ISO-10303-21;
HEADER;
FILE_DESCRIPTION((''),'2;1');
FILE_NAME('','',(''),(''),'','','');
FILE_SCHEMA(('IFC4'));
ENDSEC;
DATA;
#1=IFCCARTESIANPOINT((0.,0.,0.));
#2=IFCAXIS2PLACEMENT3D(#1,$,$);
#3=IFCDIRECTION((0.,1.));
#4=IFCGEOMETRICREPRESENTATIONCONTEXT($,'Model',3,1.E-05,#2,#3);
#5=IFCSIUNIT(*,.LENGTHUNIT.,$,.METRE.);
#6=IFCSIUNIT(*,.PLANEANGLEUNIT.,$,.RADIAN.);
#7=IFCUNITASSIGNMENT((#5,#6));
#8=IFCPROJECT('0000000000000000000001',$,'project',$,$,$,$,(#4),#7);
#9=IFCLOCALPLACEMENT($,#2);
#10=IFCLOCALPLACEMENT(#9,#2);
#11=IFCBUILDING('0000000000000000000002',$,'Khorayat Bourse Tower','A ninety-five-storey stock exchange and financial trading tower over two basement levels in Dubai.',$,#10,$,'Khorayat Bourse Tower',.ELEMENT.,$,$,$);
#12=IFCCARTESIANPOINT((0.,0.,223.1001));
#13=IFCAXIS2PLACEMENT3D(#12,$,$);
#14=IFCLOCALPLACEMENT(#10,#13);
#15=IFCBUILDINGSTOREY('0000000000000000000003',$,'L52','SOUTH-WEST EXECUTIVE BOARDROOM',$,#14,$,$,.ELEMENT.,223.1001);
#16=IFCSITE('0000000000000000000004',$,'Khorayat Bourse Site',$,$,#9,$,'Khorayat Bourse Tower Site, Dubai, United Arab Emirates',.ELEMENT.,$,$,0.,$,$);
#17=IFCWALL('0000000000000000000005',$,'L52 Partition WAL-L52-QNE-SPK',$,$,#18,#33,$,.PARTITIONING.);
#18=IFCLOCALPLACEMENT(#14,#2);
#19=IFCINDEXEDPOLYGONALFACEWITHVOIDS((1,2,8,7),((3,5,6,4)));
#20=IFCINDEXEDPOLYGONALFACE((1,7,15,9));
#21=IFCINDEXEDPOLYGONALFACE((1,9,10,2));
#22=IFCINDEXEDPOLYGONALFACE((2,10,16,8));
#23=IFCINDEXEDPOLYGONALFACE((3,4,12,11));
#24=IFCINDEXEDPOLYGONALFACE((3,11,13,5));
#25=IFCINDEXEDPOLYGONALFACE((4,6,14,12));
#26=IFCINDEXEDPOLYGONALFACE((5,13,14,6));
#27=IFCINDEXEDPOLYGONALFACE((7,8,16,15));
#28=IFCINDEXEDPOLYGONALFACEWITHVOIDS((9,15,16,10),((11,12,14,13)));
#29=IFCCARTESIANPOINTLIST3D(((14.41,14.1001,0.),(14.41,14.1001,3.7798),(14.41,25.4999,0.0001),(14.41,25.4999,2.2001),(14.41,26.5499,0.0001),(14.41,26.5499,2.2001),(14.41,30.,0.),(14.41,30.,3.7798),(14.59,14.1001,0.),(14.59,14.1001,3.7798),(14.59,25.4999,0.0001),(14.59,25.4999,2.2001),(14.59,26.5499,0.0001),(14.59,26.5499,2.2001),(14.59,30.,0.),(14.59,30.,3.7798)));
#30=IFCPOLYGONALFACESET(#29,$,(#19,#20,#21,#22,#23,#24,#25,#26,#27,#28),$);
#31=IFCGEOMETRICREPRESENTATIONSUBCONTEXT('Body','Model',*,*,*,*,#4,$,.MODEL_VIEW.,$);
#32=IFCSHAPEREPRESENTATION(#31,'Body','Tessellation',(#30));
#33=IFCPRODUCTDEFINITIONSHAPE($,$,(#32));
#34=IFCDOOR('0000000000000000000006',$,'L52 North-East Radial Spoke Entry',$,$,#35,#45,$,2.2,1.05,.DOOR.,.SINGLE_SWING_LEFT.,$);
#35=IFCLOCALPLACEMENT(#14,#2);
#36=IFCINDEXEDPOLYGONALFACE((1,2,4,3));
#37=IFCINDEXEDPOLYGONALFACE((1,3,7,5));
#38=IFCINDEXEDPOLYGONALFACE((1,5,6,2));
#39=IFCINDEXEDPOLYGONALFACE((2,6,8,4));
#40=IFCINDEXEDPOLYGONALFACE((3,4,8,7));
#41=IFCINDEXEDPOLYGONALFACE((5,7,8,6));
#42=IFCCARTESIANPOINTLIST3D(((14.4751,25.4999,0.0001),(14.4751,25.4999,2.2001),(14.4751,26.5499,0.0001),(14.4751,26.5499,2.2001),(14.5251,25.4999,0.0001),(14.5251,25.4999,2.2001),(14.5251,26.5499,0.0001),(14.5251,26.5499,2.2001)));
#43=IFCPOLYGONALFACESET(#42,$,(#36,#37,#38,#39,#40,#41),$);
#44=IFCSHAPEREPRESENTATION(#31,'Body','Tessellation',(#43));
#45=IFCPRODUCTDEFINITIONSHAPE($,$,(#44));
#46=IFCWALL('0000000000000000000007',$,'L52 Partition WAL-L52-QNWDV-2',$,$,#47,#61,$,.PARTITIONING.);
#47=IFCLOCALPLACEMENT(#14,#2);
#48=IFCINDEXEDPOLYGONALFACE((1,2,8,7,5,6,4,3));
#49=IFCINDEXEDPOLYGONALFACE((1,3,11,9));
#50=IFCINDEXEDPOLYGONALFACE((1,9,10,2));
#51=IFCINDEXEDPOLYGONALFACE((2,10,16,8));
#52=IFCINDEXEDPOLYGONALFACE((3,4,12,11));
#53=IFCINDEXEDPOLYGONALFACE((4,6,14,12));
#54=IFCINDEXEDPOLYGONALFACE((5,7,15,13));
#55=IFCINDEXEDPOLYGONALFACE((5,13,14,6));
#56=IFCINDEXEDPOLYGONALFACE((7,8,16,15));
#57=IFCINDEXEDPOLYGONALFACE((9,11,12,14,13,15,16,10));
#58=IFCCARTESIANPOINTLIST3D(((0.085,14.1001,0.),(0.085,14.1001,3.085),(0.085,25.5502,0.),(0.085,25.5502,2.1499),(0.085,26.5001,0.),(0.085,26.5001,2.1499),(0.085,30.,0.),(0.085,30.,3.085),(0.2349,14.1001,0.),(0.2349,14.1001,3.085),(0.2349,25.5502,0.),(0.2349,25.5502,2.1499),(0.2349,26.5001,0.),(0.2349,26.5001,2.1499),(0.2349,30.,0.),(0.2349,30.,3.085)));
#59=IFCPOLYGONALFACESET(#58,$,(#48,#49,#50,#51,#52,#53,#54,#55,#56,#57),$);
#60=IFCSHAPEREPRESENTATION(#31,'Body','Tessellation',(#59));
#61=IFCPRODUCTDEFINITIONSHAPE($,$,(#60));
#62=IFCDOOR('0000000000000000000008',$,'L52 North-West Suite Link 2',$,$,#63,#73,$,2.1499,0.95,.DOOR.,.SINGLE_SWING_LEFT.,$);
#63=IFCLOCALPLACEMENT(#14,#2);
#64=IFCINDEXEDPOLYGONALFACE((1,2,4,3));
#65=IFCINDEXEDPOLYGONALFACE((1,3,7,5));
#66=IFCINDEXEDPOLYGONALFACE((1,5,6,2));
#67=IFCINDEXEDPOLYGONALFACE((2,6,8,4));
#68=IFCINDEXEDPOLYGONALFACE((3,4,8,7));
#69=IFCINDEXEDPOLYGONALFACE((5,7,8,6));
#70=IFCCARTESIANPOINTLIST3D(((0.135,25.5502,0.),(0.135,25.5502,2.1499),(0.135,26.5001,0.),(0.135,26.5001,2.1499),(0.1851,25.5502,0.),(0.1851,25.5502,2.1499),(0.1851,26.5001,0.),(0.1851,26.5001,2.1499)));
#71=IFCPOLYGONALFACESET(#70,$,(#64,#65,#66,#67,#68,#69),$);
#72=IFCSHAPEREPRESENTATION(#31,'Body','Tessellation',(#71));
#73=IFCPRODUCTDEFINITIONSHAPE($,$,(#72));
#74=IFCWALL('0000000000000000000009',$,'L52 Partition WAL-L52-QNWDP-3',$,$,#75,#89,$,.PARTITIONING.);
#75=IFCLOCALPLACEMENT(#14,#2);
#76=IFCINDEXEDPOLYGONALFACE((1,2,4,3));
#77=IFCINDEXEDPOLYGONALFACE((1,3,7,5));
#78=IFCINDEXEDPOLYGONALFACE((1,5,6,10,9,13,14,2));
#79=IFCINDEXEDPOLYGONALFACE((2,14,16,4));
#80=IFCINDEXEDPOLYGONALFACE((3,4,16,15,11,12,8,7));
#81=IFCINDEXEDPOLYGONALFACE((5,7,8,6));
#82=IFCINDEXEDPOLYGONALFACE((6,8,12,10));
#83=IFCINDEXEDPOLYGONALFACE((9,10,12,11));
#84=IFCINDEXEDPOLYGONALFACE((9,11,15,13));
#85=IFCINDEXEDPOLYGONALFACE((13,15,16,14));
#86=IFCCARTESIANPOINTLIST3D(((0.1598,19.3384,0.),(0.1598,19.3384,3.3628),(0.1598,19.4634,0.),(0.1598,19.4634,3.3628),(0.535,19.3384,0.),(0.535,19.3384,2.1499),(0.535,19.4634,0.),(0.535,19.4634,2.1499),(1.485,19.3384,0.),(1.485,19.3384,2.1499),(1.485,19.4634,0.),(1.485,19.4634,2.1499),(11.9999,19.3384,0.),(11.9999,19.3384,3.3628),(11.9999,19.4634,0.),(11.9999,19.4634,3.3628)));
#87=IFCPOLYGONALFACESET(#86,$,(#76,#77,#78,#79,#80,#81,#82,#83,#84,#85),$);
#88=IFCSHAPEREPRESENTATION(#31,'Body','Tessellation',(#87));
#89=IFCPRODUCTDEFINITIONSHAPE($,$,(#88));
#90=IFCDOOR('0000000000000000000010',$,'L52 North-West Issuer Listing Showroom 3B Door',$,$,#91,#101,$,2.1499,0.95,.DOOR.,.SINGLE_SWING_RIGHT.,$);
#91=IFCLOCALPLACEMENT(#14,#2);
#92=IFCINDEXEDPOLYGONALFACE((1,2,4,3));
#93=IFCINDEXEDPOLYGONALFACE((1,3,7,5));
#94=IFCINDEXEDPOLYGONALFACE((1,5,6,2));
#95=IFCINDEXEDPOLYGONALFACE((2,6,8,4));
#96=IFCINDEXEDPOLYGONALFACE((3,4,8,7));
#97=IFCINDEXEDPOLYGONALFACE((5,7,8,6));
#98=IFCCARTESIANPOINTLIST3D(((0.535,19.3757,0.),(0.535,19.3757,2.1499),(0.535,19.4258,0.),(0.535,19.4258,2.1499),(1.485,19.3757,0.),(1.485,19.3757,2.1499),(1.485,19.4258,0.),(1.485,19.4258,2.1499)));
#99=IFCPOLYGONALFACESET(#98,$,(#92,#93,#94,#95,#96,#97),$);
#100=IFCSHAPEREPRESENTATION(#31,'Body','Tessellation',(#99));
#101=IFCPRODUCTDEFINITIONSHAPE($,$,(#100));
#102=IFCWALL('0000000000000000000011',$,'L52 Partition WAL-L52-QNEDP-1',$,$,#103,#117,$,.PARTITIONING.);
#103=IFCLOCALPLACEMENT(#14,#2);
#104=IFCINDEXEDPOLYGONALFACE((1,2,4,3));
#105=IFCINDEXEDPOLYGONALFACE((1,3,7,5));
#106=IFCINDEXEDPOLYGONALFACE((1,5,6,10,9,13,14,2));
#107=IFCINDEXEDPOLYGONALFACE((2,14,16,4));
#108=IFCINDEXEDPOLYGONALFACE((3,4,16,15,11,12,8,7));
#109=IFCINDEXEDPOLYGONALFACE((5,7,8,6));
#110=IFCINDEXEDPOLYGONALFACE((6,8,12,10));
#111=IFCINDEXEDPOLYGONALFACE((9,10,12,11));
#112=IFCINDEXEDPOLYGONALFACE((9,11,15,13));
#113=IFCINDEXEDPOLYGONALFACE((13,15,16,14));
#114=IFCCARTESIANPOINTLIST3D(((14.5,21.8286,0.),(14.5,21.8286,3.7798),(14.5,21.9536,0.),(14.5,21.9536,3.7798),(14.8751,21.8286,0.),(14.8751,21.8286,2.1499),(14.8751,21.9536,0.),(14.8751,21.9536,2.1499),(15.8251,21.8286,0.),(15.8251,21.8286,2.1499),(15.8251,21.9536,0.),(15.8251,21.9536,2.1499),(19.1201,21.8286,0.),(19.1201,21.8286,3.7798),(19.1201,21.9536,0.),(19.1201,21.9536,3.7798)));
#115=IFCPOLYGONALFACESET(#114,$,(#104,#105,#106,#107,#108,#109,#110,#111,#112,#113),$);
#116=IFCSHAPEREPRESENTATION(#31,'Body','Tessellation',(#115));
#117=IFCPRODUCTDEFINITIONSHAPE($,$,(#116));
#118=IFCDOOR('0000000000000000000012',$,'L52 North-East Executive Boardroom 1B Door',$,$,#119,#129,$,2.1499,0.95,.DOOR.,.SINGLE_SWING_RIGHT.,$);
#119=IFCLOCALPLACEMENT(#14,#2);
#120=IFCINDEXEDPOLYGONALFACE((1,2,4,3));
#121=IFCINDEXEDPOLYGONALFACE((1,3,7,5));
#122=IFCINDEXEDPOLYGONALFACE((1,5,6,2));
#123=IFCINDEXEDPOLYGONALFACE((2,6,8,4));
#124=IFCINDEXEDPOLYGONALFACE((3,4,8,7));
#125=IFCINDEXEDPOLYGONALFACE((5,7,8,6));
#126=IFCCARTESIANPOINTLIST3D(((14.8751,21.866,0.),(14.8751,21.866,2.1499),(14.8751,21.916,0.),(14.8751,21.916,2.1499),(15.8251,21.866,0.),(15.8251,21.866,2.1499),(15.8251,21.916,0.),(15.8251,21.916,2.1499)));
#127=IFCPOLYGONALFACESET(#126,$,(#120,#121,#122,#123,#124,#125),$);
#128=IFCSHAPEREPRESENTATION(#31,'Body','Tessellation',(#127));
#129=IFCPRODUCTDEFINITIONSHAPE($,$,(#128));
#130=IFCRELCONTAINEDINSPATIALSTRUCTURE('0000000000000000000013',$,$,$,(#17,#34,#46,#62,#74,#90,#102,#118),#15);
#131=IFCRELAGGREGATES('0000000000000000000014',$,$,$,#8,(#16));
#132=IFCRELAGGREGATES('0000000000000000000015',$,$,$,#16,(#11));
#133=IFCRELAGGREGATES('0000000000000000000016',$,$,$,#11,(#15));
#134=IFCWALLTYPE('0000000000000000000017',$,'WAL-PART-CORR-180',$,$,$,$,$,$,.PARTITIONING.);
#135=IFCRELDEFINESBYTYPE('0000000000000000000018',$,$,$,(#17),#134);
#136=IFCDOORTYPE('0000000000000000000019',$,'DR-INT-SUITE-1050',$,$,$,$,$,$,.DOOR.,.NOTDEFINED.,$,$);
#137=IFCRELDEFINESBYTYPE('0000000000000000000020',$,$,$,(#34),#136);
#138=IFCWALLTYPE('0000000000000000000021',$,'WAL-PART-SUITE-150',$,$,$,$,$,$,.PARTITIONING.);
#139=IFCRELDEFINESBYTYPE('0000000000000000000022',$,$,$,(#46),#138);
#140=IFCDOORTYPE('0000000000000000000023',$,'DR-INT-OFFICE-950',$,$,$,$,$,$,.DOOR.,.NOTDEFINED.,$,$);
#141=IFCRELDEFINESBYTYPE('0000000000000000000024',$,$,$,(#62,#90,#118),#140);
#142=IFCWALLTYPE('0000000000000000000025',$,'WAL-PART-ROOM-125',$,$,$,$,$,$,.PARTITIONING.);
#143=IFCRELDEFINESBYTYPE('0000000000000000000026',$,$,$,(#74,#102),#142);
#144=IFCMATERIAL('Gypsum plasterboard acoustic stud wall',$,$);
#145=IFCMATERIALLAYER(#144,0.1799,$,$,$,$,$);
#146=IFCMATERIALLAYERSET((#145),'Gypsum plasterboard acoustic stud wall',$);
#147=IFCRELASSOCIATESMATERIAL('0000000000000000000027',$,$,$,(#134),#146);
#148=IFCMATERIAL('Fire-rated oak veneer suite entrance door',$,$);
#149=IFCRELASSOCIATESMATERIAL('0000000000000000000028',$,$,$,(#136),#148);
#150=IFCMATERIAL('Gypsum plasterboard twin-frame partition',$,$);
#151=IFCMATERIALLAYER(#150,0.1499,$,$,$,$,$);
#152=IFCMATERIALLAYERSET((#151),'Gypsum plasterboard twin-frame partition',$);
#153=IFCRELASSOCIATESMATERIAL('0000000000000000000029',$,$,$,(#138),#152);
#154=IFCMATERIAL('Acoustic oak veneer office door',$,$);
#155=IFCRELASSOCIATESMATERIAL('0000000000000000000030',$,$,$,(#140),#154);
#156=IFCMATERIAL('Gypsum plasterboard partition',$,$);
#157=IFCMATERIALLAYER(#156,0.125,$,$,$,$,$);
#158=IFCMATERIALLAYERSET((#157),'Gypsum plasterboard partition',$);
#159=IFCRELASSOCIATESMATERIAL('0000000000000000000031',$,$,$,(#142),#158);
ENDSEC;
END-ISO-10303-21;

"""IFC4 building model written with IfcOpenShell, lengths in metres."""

from ifc_helpers import new_model, si_unit, direction, frame, frame_2d, origin, place, context, subcontext, project, spatial, rectangle, extrude, source, transform, mapped, material, layer, layer_set, type_object, element, fill, save


model = new_model("IFC4")

# Units and contexts
model_context = context("Model", 3, precision=1e-05, world=origin(), true_north=direction((0.0, 1.0)))
body_context = subcontext(model_context, "Body", "Model", "MODEL_VIEW")
ifc_project = project(units=[si_unit("LENGTHUNIT", "METRE"), si_unit("PLANEANGLEUNIT", "RADIAN")], contexts=[model_context])

# Site, building, storey
site_placement = place(None, origin())
site = spatial("IfcSite", under=ifc_project, at=site_placement, Name="Khorayat Bourse Site", LongName="Khorayat Bourse Tower Site, Dubai, United Arab Emirates", CompositionType="ELEMENT", RefElevation=0.0)
building_placement = place(site_placement, origin())
building = spatial("IfcBuilding", under=site, at=building_placement, Name="Khorayat Bourse Tower", Description="A ninety-five-storey stock exchange and financial trading tower over two basement levels in Dubai.", LongName="Khorayat Bourse Tower", CompositionType="ELEMENT")
storey_placement = place(building_placement, frame((0.0, 0.0, 223.1001)))
storey = spatial("IfcBuildingStorey", under=building, at=storey_placement, Name="L52", Description="SOUTH-WEST EXECUTIVE BOARDROOM", CompositionType="ELEMENT", Elevation=223.1001)

# Shared definitions
ifc_material_1 = material(Name="Gypsum plasterboard acoustic stud wall")
ifc_layer_1 = layer(ifc_material_1, 0.1799)
ifc_layer_set_1 = layer_set([ifc_layer_1], Name="Gypsum plasterboard acoustic stud wall")
wall_type_1 = type_object("IfcWallType", Name="WAL-PART-CORR-180", PredefinedType="PARTITIONING", material=ifc_layer_set_1)

# Walls, openings, doors
shared_shape_1 = source(origin(), body_context, "Body", "SweptSolid", [
    extrude(rectangle(XDim=15.8999, YDim=0.1799, at=frame_2d((7.95, 0.0))), origin(), (0.0, 0.0, 1.0), 3.7798),
])
shared_shape_2 = source(origin(), body_context, "Body", "SweptSolid", [
    extrude(rectangle(XDim=1.05, YDim=2.2, at=frame_2d((0.5249, 1.1001))), frame((0.0, 0.0999, 0.0), z_axis=(0.0, -1.0, 0.0), x_axis=(1.0, 0.0, 0.0)), (0.0, 0.0, 1.0), 0.2),
])
ifc_material_2 = material(Name="Fire-rated oak veneer suite entrance door")
door_type_1 = type_object("IfcDoorType", Name="DR-INT-SUITE-1050", OperationType="NOTDEFINED", PredefinedType="DOOR", material=ifc_material_2)
shared_shape_3 = source(origin(), body_context, "Body", "SweptSolid", [
    extrude(rectangle(XDim=1.05, YDim=2.2, at=frame_2d((0.5249, 1.1001))), frame((0.0, 0.0249, 0.0), z_axis=(0.0, -1.0, 0.0), x_axis=(1.0, 0.0, 0.0)), (0.0, 0.0, 1.0), 0.05),
])
wall_1_placement = place(storey_placement, frame((14.5, 14.1001, 0.0), z_axis=(0.0, 0.0, 1.0), x_axis=(0.0, 1.0, 0.0)))
wall_1 = element("IfcWall", 1, at=wall_1_placement, inside=storey, type_object=wall_type_1, Name="L52 Partition WAL-L52-QNE-SPK", PredefinedType="PARTITIONING", context=body_context, shape_type="MappedRepresentation", body=[
    mapped(shared_shape_1, transform((0.0, 0.0, 0.0), scale=1.0)),
])
opening_1_placement = place(wall_1_placement, frame((11.3999, 0.0, 0.0)))
opening_1 = element("IfcOpeningElement", 2, at=opening_1_placement, cuts=wall_1, PredefinedType="OPENING", context=body_context, shape_type="MappedRepresentation", body=[
    mapped(shared_shape_2, transform((0.0, 0.0, 0.0), scale=1.0)),
])
door_1_placement = place(opening_1_placement, origin())
door_1 = element("IfcDoor", 3, at=door_1_placement, inside=storey, type_object=door_type_1, Name="L52 North-East Radial Spoke Entry", OperationType="SINGLE_SWING_LEFT", OverallHeight=2.2, OverallWidth=1.05, PredefinedType="DOOR", context=body_context, shape_type="MappedRepresentation", body=[
    mapped(shared_shape_3, transform((0.0, 0.0, 0.0), scale=1.0)),
])
fill(opening_1, door_1)
ifc_material_3 = material(Name="Gypsum plasterboard twin-frame partition")
ifc_layer_2 = layer(ifc_material_3, 0.1499)
ifc_layer_set_2 = layer_set([ifc_layer_2], Name="Gypsum plasterboard twin-frame partition")
wall_type_2 = type_object("IfcWallType", Name="WAL-PART-SUITE-150", PredefinedType="PARTITIONING", material=ifc_layer_set_2)
shared_shape_4 = source(origin(), body_context, "Body", "SweptSolid", [
    extrude(rectangle(XDim=15.8999, YDim=0.1499, at=frame_2d((7.95, 0.0))), origin(), (0.0, 0.0, 1.0), 3.085),
])
wall_2_placement = place(storey_placement, frame((0.1599, 14.1001, 0.0), z_axis=(0.0, 0.0, 1.0), x_axis=(0.0, 1.0, 0.0)))
wall_2 = element("IfcWall", 4, at=wall_2_placement, inside=storey, type_object=wall_type_2, Name="L52 Partition WAL-L52-QNWDV-2", PredefinedType="PARTITIONING", context=body_context, shape_type="MappedRepresentation", body=[
    mapped(shared_shape_4, transform((0.0, 0.0, 0.0), scale=1.0)),
])
shared_shape_5 = source(origin(), body_context, "Body", "SweptSolid", [
    extrude(rectangle(XDim=0.95, YDim=2.1499, at=frame_2d((0.4751, 1.075))), frame((0.0, 0.085, 0.0), z_axis=(0.0, -1.0, 0.0), x_axis=(1.0, 0.0, 0.0)), (0.0, 0.0, 1.0), 0.1699),
])
opening_2_placement = place(wall_2_placement, frame((11.45, 0.0, 0.0)))
opening_2 = element("IfcOpeningElement", 5, at=opening_2_placement, cuts=wall_2, PredefinedType="OPENING", context=body_context, shape_type="MappedRepresentation", body=[
    mapped(shared_shape_5, transform((0.0, 0.0, 0.0), scale=1.0)),
])
ifc_material_4 = material(Name="Acoustic oak veneer office door")
door_type_2 = type_object("IfcDoorType", Name="DR-INT-OFFICE-950", OperationType="NOTDEFINED", PredefinedType="DOOR", material=ifc_material_4)
shared_shape_6 = source(origin(), body_context, "Body", "SweptSolid", [
    extrude(rectangle(XDim=0.95, YDim=2.1499, at=frame_2d((0.4751, 1.075))), frame((0.0, 0.0249, 0.0), z_axis=(0.0, -1.0, 0.0), x_axis=(1.0, 0.0, 0.0)), (0.0, 0.0, 1.0), 0.05),
])
door_2_placement = place(opening_2_placement, origin())
door_2 = element("IfcDoor", 6, at=door_2_placement, inside=storey, type_object=door_type_2, Name="L52 North-West Suite Link 2", OperationType="SINGLE_SWING_LEFT", OverallHeight=2.1499, OverallWidth=0.95, PredefinedType="DOOR", context=body_context, shape_type="MappedRepresentation", body=[
    mapped(shared_shape_6, transform((0.0, 0.0, 0.0), scale=1.0)),
])
fill(opening_2, door_2)
ifc_material_5 = material(Name="Gypsum plasterboard partition")
ifc_layer_3 = layer(ifc_material_5, 0.125)
ifc_layer_set_3 = layer_set([ifc_layer_3], Name="Gypsum plasterboard partition")
wall_type_3 = type_object("IfcWallType", Name="WAL-PART-ROOM-125", PredefinedType="PARTITIONING", material=ifc_layer_set_3)
shared_shape_7 = source(origin(), body_context, "Body", "SweptSolid", [
    extrude(rectangle(XDim=11.8401, YDim=0.125, at=frame_2d((5.9199, 0.0))), origin(), (0.0, 0.0, 1.0), 3.3628),
])
wall_3_placement = place(storey_placement, frame((0.1599, 19.4009, 0.0), z_axis=(0.0, 0.0, 1.0), x_axis=(1.0, 0.0, 0.0)))
wall_3 = element("IfcWall", 7, at=wall_3_placement, inside=storey, type_object=wall_type_3, Name="L52 Partition WAL-L52-QNWDP-3", PredefinedType="PARTITIONING", context=body_context, shape_type="MappedRepresentation", body=[
    mapped(shared_shape_7, transform((0.0, 0.0, 0.0), scale=1.0)),
])
shared_shape_8 = source(origin(), body_context, "Body", "SweptSolid", [
    extrude(rectangle(XDim=0.95, YDim=2.1499, at=frame_2d((0.4751, 1.075))), frame((0.0, 0.0725, 0.0), z_axis=(0.0, -1.0, 0.0), x_axis=(1.0, 0.0, 0.0)), (0.0, 0.0, 1.0), 0.145),
])
opening_3_placement = place(wall_3_placement, frame((0.375, 0.0, 0.0)))
opening_3 = element("IfcOpeningElement", 8, at=opening_3_placement, cuts=wall_3, PredefinedType="OPENING", context=body_context, shape_type="MappedRepresentation", body=[
    mapped(shared_shape_8, transform((0.0, 0.0, 0.0), scale=1.0)),
])
door_3_placement = place(opening_3_placement, origin())
door_3 = element("IfcDoor", 9, at=door_3_placement, inside=storey, type_object=door_type_2, Name="L52 North-West Issuer Listing Showroom 3B Door", OperationType="SINGLE_SWING_RIGHT", OverallHeight=2.1499, OverallWidth=0.95, PredefinedType="DOOR", context=body_context, shape_type="MappedRepresentation", body=[
    mapped(shared_shape_6, transform((0.0, 0.0, 0.0), scale=1.0)),
])
fill(opening_3, door_3)
shared_shape_9 = source(origin(), body_context, "Body", "SweptSolid", [
    extrude(rectangle(XDim=4.6201, YDim=0.125, at=frame_2d((2.3101, 0.0))), origin(), (0.0, 0.0, 1.0), 3.7798),
])
wall_4_placement = place(storey_placement, frame((14.5, 21.8911, 0.0), z_axis=(0.0, 0.0, 1.0), x_axis=(1.0, 0.0, 0.0)))
wall_4 = element("IfcWall", 10, at=wall_4_placement, inside=storey, type_object=wall_type_3, Name="L52 Partition WAL-L52-QNEDP-1", PredefinedType="PARTITIONING", context=body_context, shape_type="MappedRepresentation", body=[
    mapped(shared_shape_9, transform((0.0, 0.0, 0.0), scale=1.0)),
])
opening_4_placement = place(wall_4_placement, frame((0.375, 0.0, 0.0)))
opening_4 = element("IfcOpeningElement", 11, at=opening_4_placement, cuts=wall_4, PredefinedType="OPENING", context=body_context, shape_type="MappedRepresentation", body=[
    mapped(shared_shape_8, transform((0.0, 0.0, 0.0), scale=1.0)),
])
door_4_placement = place(opening_4_placement, origin())
door_4 = element("IfcDoor", 12, at=door_4_placement, inside=storey, type_object=door_type_2, Name="L52 North-East Executive Boardroom 1B Door", OperationType="SINGLE_SWING_RIGHT", OverallHeight=2.1499, OverallWidth=0.95, PredefinedType="DOOR", context=body_context, shape_type="MappedRepresentation", body=[
    mapped(shared_shape_6, transform((0.0, 0.0, 0.0), scale=1.0)),
])
fill(opening_4, door_4)

save(model, "model.ifc")
